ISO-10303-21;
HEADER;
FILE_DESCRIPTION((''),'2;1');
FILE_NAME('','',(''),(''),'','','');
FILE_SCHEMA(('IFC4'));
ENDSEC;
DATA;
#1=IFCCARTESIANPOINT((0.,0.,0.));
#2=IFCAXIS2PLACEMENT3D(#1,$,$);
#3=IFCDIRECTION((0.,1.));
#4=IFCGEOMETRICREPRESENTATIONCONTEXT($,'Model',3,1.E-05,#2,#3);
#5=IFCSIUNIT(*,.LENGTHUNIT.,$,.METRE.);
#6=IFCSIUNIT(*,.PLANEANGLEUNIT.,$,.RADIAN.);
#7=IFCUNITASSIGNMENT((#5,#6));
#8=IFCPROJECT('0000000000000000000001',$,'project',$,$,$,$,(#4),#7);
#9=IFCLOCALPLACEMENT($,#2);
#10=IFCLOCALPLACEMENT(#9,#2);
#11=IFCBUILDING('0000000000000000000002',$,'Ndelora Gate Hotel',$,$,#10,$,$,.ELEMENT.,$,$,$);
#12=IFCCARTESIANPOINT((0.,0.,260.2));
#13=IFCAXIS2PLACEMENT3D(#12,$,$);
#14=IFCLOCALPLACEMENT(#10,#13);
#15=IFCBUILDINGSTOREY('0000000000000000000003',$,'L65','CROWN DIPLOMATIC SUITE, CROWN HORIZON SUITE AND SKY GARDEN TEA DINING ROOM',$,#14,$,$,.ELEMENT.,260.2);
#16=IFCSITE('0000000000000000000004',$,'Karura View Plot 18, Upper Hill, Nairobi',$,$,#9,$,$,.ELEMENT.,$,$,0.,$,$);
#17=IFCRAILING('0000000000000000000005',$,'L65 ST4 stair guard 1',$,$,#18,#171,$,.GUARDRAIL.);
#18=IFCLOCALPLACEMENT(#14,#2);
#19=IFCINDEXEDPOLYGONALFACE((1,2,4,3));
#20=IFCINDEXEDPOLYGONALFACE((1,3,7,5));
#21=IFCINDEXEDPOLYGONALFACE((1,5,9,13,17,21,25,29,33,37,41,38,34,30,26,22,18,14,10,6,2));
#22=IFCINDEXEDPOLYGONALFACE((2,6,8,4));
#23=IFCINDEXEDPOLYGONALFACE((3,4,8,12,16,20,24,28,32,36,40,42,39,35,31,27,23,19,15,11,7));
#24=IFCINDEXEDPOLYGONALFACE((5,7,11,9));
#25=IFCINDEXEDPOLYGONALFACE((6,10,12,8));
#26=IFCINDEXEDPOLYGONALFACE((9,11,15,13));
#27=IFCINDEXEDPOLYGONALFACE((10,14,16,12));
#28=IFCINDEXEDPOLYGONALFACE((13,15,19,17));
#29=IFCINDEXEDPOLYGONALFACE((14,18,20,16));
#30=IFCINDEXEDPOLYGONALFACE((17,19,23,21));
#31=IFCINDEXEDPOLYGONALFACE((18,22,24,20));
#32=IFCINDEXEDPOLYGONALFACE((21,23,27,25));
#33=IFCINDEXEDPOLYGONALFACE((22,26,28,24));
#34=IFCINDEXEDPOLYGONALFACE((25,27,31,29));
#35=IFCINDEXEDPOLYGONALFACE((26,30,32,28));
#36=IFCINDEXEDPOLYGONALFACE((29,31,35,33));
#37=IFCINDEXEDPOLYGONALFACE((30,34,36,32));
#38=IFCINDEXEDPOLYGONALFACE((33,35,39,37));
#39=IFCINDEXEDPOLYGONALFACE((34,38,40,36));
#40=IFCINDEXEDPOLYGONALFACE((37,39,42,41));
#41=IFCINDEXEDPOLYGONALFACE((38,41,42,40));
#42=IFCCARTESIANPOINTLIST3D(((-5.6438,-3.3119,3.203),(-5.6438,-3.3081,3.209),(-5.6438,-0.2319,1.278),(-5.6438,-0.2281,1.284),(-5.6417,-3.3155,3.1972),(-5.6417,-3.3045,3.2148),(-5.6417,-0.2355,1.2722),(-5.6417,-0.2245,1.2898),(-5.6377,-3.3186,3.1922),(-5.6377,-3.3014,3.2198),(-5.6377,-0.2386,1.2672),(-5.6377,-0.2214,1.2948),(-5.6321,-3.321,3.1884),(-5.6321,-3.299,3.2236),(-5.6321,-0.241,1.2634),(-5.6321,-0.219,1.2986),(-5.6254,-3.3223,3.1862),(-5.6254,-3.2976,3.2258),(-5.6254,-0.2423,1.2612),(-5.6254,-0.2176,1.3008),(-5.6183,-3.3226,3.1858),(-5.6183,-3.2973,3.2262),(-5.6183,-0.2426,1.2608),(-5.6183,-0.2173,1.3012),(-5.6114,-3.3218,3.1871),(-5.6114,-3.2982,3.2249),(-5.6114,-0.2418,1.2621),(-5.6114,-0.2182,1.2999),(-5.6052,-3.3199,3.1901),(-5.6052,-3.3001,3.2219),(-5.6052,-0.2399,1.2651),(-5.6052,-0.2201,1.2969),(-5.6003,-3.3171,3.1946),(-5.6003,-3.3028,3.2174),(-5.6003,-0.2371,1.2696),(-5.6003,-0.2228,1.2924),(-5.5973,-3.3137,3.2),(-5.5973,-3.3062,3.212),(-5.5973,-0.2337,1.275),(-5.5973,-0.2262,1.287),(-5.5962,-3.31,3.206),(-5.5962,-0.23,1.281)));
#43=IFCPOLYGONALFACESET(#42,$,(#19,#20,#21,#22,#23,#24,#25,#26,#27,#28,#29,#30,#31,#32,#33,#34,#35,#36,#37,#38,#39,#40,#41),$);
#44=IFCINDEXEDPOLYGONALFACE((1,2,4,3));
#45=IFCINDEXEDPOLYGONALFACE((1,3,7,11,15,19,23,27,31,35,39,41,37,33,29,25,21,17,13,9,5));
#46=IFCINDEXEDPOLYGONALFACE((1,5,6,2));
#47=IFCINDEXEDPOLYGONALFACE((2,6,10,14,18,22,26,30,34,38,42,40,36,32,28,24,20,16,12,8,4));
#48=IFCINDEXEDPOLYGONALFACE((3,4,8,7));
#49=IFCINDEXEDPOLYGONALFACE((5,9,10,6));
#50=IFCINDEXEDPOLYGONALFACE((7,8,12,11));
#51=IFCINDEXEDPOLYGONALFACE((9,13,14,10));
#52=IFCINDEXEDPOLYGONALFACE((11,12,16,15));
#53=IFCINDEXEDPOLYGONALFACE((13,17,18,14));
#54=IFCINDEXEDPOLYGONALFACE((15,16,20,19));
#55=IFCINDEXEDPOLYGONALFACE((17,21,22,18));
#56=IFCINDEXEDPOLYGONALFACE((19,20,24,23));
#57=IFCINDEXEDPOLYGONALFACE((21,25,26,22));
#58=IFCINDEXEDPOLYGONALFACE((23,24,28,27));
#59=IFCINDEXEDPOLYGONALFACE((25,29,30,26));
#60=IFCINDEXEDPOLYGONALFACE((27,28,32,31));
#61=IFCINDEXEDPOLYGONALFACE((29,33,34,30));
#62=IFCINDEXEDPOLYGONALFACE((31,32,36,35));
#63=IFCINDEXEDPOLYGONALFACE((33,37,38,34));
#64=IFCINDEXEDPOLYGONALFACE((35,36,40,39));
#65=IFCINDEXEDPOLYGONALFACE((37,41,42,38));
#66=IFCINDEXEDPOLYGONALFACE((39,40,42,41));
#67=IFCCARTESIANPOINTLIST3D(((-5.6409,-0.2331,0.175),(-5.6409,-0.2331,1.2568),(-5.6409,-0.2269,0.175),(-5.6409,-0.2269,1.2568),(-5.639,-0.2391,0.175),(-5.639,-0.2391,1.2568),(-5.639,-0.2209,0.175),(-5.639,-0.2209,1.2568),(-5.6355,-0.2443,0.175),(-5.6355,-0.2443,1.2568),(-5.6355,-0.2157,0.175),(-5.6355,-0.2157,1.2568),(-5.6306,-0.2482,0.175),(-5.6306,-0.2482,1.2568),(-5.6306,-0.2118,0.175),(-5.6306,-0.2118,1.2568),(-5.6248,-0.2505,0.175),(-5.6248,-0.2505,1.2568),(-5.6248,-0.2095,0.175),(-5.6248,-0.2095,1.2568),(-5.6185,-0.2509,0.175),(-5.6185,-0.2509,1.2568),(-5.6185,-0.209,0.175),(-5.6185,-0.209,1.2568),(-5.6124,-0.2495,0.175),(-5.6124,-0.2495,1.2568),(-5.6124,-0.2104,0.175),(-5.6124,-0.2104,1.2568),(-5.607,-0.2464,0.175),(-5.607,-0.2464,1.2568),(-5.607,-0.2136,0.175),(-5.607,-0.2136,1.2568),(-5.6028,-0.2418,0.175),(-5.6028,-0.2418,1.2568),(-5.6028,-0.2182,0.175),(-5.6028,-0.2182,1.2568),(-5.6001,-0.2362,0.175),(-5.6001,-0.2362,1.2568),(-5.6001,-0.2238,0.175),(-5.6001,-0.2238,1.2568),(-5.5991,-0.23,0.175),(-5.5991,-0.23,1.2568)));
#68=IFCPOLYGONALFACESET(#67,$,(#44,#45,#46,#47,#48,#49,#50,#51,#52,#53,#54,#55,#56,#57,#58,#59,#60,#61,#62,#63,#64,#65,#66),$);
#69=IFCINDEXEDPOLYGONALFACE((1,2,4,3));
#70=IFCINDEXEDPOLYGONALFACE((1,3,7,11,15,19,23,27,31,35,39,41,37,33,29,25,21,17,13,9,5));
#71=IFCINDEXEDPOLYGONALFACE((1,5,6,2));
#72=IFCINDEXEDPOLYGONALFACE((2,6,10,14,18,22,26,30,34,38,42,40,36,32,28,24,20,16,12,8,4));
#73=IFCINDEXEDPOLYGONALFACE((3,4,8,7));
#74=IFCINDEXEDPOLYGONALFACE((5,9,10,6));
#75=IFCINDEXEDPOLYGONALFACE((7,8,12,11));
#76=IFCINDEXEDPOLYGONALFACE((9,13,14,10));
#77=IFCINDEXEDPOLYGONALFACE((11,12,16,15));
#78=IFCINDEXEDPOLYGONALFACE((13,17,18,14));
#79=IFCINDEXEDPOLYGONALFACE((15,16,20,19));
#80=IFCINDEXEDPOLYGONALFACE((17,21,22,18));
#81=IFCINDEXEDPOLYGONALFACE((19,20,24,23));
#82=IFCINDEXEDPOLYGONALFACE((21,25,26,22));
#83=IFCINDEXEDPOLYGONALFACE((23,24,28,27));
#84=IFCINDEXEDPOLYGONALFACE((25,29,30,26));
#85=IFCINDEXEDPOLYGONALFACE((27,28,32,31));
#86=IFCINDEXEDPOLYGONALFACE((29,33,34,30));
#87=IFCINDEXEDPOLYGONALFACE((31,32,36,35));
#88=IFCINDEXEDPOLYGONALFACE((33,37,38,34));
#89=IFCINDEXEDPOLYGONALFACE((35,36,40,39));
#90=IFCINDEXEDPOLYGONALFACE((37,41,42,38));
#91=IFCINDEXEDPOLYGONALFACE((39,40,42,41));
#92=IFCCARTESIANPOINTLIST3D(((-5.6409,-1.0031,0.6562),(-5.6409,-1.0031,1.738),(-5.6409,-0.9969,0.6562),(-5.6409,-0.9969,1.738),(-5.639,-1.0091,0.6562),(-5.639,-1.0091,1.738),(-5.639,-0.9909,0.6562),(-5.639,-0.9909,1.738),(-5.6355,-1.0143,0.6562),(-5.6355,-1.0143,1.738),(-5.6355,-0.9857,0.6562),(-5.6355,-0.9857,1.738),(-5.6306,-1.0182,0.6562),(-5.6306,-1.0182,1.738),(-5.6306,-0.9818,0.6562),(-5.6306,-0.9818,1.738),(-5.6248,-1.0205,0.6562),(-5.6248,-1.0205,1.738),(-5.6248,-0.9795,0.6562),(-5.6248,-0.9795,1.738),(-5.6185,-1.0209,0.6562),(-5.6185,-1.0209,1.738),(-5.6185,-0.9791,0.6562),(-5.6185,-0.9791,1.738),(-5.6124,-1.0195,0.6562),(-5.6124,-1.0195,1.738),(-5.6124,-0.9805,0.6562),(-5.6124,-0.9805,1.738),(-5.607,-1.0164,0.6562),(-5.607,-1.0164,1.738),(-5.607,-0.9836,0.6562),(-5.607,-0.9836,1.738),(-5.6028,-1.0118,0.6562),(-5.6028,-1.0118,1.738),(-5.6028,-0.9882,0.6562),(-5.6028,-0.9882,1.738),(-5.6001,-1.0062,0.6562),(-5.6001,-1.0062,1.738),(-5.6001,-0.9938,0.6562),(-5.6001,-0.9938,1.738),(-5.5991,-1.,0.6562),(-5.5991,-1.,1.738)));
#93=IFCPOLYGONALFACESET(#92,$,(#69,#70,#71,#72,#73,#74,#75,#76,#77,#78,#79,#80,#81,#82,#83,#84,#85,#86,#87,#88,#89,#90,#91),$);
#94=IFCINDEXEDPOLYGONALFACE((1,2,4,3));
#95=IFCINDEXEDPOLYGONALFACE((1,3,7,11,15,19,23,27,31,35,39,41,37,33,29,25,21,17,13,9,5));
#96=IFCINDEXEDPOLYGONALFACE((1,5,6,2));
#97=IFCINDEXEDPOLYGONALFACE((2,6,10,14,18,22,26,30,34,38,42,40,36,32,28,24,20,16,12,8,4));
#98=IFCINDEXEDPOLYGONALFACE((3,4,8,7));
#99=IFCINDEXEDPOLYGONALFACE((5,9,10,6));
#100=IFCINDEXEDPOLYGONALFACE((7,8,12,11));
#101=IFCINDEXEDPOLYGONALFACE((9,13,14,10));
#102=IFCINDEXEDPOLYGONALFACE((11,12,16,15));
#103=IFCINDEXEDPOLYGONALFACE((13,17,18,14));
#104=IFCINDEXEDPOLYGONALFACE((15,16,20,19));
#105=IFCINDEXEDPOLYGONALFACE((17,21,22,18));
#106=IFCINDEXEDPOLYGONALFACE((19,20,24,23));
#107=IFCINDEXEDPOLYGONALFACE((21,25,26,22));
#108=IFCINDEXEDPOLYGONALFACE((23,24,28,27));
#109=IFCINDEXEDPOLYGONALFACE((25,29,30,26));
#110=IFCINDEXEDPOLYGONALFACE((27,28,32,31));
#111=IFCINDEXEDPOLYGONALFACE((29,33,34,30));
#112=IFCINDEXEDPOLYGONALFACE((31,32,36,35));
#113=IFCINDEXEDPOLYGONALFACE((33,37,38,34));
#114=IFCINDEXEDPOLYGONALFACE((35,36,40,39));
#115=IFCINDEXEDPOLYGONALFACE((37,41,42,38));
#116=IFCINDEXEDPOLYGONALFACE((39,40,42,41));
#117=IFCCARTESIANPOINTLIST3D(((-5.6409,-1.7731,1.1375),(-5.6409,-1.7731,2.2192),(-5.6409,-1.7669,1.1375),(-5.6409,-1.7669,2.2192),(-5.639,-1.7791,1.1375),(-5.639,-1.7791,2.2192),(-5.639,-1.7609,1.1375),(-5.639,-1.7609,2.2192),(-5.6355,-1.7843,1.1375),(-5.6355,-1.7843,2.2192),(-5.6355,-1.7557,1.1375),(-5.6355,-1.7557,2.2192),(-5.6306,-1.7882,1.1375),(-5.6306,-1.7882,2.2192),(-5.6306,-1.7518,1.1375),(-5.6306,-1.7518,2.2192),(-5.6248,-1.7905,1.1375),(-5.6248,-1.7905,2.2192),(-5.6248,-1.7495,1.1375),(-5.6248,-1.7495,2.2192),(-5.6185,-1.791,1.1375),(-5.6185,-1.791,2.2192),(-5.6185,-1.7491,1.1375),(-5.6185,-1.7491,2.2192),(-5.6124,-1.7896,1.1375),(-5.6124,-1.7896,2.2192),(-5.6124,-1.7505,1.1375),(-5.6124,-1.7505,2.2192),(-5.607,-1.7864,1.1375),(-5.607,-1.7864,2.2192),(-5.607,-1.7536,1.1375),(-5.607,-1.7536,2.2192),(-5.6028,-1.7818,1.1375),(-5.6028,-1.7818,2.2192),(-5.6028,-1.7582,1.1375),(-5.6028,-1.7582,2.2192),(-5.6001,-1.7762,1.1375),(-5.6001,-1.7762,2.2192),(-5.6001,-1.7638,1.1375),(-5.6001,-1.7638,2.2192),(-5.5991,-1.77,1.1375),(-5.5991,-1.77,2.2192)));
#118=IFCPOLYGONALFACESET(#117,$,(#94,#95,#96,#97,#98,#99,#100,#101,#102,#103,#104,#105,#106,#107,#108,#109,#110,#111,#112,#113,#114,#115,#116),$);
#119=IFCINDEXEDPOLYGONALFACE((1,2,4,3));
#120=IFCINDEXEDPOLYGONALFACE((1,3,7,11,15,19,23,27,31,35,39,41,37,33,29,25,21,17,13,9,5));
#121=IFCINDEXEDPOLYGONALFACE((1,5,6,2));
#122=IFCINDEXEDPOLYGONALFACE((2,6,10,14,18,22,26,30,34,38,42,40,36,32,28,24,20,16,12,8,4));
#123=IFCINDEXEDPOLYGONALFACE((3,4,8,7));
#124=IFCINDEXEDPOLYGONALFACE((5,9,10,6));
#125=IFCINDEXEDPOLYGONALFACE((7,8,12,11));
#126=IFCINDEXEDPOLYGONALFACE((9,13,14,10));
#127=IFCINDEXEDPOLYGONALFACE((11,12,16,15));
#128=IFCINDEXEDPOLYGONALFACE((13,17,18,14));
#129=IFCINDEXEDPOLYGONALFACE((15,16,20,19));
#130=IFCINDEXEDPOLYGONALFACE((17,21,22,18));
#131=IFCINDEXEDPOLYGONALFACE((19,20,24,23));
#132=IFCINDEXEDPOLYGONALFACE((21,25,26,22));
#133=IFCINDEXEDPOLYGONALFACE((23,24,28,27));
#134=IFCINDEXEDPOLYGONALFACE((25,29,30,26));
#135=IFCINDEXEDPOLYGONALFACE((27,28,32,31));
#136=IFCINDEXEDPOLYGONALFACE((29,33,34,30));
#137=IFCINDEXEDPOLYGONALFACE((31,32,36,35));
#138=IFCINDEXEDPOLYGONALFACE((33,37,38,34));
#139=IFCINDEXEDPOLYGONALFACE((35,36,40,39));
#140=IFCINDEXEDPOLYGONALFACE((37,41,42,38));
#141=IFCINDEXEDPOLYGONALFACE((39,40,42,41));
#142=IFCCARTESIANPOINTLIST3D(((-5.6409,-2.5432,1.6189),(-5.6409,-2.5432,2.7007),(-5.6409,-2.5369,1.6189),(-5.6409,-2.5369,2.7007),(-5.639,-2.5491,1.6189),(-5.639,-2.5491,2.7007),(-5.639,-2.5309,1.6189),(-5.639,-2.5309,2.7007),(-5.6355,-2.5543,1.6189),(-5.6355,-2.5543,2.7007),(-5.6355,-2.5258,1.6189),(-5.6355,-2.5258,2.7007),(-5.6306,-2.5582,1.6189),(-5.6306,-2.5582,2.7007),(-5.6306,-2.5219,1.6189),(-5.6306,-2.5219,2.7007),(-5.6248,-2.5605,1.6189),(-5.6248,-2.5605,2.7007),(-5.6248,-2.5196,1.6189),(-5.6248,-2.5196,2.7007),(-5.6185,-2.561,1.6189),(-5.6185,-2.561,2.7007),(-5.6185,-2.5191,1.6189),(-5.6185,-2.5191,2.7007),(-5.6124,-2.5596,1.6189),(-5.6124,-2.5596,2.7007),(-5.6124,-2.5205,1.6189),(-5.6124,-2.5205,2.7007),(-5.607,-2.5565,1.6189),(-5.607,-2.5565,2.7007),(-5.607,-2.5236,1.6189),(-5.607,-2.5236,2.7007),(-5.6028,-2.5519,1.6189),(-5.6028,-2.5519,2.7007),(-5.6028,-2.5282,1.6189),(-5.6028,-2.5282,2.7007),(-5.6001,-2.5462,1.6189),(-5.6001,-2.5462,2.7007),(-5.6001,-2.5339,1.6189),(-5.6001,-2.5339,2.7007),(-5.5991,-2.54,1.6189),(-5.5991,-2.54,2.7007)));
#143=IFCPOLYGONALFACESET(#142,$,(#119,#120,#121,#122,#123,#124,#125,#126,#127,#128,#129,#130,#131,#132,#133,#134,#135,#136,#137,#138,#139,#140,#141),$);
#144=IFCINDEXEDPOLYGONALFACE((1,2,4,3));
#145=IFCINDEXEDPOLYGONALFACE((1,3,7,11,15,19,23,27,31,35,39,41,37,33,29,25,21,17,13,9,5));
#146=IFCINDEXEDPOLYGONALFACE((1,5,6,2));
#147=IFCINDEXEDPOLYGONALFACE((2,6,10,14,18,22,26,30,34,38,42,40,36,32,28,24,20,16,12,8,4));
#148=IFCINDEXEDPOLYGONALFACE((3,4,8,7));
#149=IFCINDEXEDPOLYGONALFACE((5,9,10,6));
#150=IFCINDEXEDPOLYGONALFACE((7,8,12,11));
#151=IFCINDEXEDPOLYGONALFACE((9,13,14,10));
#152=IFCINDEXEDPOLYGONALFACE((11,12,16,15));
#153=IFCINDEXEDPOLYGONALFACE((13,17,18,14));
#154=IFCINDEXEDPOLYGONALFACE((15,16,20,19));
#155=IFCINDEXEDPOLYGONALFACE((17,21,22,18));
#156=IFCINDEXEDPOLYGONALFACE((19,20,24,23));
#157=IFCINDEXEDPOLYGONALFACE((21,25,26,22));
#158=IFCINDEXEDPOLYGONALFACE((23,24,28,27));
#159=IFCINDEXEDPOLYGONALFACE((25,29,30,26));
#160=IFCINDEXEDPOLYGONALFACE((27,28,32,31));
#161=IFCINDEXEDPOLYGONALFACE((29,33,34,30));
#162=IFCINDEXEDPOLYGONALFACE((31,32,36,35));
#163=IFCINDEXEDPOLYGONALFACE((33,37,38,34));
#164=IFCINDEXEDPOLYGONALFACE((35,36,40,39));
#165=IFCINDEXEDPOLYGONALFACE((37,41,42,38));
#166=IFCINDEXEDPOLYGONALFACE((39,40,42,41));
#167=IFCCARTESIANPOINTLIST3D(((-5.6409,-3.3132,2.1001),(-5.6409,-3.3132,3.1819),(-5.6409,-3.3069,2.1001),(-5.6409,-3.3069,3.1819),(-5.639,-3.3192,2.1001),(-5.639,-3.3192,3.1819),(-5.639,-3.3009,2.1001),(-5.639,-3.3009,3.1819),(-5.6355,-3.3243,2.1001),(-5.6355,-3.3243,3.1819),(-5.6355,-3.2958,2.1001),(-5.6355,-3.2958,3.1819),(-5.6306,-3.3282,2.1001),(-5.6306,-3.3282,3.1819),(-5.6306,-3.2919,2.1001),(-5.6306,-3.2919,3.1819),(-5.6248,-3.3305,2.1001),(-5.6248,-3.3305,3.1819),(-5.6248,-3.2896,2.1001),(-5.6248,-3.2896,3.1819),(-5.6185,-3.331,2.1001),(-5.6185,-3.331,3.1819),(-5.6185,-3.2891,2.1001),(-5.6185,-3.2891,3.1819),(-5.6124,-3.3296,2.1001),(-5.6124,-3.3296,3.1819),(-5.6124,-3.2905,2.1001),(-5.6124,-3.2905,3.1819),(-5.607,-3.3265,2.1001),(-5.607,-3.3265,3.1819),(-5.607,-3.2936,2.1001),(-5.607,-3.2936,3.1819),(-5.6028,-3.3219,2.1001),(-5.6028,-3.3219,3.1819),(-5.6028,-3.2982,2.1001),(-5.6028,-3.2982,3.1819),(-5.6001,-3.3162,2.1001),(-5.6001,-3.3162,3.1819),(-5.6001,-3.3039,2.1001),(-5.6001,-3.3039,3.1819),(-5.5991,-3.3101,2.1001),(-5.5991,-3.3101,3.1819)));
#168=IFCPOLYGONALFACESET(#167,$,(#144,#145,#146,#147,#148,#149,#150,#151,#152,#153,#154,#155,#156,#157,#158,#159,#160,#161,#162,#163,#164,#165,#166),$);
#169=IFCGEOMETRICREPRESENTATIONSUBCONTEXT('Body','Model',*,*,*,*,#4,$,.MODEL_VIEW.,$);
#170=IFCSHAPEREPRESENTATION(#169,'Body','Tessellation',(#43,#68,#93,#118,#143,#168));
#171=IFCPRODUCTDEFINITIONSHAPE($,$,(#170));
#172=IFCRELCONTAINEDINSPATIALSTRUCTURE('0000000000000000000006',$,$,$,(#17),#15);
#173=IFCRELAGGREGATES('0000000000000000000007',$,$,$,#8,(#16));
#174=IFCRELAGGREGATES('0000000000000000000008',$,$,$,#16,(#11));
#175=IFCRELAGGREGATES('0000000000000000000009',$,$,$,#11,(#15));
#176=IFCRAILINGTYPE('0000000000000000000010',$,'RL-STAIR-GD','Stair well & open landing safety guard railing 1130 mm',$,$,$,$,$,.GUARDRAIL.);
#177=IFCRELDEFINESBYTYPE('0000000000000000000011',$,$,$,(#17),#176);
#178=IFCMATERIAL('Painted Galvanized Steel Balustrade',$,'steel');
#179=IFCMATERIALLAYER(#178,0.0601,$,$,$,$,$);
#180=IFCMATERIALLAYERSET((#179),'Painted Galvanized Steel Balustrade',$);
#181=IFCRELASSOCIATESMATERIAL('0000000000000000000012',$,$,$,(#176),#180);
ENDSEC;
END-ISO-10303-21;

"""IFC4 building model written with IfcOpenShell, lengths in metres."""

from ifc_helpers import new_model, si_unit, direction, frame, origin, origin_2d, place, context, subcontext, project, spatial, circle, extrude, material, layer, layer_set, type_object, element, save


model = new_model("IFC4")

# Units and contexts
model_context = context("Model", 3, precision=1e-05, world=origin(), true_north=direction((0.0, 1.0)))
body_context = subcontext(model_context, "Body", "Model", "MODEL_VIEW")
ifc_project = project(units=[si_unit("LENGTHUNIT", "METRE"), si_unit("PLANEANGLEUNIT", "RADIAN")], contexts=[model_context])

# Site, building, storey
site_placement = place(None, origin())
site = spatial("IfcSite", under=ifc_project, at=site_placement, Name="Karura View Plot 18, Upper Hill, Nairobi", CompositionType="ELEMENT", RefElevation=0.0)
building_placement = place(site_placement, origin())
building = spatial("IfcBuilding", under=site, at=building_placement, Name="Ndelora Gate Hotel", CompositionType="ELEMENT")
storey_placement = place(building_placement, frame((0.0, 0.0, 260.2)))
storey = spatial("IfcBuildingStorey", under=building, at=storey_placement, Name="L65", Description="CROWN DIPLOMATIC SUITE, CROWN HORIZON SUITE AND SKY GARDEN TEA DINING ROOM", CompositionType="ELEMENT", Elevation=260.2)

# Railing
ifc_material_1 = material(Name="Painted Galvanized Steel Balustrade", Category="steel")
ifc_layer_1 = layer(ifc_material_1, 0.0601)
ifc_layer_set_1 = layer_set([ifc_layer_1], Name="Painted Galvanized Steel Balustrade")
railing_type_1 = type_object("IfcRailingType", Name="RL-STAIR-GD", Description="Stair well & open landing safety guard railing 1130 mm", PredefinedType="GUARDRAIL", material=ifc_layer_set_1)
railing_1_placement = place(storey_placement, frame((-5.6201, -0.23, 0.175)))
element("IfcRailing", 1, at=railing_1_placement, inside=storey, type_object=railing_type_1, Name="L65 ST4 stair guard 1", PredefinedType="GUARDRAIL", context=body_context, shape_type="SweptSolid", body=[
    extrude(circle(Radius=0.0239, at=origin_2d()), frame((0.0, 0.0, 1.106), z_axis=(0.0, -0.847998, 0.529999), x_axis=(1.0, 0.0, 0.0)), (0.0, 0.0, 1.0), 3.6321),
    extrude(circle(Radius=0.021, at=origin_2d()), origin(), (0.0, 0.0, 1.0), 1.0818),
    extrude(circle(Radius=0.021, at=origin_2d()), frame((0.0, -0.77, 0.4812)), (0.0, 0.0, 1.0), 1.0818),
    extrude(circle(Radius=0.021, at=origin_2d()), frame((0.0, -1.54, 0.9624)), (0.0, 0.0, 1.0), 1.0818),
    extrude(circle(Radius=0.021, at=origin_2d()), frame((0.0, -2.3101, 1.4438)), (0.0, 0.0, 1.0), 1.0818),
    extrude(circle(Radius=0.021, at=origin_2d()), frame((0.0, -3.0801, 1.925)), (0.0, 0.0, 1.0), 1.0818),
])

save(model, "model.ifc")
